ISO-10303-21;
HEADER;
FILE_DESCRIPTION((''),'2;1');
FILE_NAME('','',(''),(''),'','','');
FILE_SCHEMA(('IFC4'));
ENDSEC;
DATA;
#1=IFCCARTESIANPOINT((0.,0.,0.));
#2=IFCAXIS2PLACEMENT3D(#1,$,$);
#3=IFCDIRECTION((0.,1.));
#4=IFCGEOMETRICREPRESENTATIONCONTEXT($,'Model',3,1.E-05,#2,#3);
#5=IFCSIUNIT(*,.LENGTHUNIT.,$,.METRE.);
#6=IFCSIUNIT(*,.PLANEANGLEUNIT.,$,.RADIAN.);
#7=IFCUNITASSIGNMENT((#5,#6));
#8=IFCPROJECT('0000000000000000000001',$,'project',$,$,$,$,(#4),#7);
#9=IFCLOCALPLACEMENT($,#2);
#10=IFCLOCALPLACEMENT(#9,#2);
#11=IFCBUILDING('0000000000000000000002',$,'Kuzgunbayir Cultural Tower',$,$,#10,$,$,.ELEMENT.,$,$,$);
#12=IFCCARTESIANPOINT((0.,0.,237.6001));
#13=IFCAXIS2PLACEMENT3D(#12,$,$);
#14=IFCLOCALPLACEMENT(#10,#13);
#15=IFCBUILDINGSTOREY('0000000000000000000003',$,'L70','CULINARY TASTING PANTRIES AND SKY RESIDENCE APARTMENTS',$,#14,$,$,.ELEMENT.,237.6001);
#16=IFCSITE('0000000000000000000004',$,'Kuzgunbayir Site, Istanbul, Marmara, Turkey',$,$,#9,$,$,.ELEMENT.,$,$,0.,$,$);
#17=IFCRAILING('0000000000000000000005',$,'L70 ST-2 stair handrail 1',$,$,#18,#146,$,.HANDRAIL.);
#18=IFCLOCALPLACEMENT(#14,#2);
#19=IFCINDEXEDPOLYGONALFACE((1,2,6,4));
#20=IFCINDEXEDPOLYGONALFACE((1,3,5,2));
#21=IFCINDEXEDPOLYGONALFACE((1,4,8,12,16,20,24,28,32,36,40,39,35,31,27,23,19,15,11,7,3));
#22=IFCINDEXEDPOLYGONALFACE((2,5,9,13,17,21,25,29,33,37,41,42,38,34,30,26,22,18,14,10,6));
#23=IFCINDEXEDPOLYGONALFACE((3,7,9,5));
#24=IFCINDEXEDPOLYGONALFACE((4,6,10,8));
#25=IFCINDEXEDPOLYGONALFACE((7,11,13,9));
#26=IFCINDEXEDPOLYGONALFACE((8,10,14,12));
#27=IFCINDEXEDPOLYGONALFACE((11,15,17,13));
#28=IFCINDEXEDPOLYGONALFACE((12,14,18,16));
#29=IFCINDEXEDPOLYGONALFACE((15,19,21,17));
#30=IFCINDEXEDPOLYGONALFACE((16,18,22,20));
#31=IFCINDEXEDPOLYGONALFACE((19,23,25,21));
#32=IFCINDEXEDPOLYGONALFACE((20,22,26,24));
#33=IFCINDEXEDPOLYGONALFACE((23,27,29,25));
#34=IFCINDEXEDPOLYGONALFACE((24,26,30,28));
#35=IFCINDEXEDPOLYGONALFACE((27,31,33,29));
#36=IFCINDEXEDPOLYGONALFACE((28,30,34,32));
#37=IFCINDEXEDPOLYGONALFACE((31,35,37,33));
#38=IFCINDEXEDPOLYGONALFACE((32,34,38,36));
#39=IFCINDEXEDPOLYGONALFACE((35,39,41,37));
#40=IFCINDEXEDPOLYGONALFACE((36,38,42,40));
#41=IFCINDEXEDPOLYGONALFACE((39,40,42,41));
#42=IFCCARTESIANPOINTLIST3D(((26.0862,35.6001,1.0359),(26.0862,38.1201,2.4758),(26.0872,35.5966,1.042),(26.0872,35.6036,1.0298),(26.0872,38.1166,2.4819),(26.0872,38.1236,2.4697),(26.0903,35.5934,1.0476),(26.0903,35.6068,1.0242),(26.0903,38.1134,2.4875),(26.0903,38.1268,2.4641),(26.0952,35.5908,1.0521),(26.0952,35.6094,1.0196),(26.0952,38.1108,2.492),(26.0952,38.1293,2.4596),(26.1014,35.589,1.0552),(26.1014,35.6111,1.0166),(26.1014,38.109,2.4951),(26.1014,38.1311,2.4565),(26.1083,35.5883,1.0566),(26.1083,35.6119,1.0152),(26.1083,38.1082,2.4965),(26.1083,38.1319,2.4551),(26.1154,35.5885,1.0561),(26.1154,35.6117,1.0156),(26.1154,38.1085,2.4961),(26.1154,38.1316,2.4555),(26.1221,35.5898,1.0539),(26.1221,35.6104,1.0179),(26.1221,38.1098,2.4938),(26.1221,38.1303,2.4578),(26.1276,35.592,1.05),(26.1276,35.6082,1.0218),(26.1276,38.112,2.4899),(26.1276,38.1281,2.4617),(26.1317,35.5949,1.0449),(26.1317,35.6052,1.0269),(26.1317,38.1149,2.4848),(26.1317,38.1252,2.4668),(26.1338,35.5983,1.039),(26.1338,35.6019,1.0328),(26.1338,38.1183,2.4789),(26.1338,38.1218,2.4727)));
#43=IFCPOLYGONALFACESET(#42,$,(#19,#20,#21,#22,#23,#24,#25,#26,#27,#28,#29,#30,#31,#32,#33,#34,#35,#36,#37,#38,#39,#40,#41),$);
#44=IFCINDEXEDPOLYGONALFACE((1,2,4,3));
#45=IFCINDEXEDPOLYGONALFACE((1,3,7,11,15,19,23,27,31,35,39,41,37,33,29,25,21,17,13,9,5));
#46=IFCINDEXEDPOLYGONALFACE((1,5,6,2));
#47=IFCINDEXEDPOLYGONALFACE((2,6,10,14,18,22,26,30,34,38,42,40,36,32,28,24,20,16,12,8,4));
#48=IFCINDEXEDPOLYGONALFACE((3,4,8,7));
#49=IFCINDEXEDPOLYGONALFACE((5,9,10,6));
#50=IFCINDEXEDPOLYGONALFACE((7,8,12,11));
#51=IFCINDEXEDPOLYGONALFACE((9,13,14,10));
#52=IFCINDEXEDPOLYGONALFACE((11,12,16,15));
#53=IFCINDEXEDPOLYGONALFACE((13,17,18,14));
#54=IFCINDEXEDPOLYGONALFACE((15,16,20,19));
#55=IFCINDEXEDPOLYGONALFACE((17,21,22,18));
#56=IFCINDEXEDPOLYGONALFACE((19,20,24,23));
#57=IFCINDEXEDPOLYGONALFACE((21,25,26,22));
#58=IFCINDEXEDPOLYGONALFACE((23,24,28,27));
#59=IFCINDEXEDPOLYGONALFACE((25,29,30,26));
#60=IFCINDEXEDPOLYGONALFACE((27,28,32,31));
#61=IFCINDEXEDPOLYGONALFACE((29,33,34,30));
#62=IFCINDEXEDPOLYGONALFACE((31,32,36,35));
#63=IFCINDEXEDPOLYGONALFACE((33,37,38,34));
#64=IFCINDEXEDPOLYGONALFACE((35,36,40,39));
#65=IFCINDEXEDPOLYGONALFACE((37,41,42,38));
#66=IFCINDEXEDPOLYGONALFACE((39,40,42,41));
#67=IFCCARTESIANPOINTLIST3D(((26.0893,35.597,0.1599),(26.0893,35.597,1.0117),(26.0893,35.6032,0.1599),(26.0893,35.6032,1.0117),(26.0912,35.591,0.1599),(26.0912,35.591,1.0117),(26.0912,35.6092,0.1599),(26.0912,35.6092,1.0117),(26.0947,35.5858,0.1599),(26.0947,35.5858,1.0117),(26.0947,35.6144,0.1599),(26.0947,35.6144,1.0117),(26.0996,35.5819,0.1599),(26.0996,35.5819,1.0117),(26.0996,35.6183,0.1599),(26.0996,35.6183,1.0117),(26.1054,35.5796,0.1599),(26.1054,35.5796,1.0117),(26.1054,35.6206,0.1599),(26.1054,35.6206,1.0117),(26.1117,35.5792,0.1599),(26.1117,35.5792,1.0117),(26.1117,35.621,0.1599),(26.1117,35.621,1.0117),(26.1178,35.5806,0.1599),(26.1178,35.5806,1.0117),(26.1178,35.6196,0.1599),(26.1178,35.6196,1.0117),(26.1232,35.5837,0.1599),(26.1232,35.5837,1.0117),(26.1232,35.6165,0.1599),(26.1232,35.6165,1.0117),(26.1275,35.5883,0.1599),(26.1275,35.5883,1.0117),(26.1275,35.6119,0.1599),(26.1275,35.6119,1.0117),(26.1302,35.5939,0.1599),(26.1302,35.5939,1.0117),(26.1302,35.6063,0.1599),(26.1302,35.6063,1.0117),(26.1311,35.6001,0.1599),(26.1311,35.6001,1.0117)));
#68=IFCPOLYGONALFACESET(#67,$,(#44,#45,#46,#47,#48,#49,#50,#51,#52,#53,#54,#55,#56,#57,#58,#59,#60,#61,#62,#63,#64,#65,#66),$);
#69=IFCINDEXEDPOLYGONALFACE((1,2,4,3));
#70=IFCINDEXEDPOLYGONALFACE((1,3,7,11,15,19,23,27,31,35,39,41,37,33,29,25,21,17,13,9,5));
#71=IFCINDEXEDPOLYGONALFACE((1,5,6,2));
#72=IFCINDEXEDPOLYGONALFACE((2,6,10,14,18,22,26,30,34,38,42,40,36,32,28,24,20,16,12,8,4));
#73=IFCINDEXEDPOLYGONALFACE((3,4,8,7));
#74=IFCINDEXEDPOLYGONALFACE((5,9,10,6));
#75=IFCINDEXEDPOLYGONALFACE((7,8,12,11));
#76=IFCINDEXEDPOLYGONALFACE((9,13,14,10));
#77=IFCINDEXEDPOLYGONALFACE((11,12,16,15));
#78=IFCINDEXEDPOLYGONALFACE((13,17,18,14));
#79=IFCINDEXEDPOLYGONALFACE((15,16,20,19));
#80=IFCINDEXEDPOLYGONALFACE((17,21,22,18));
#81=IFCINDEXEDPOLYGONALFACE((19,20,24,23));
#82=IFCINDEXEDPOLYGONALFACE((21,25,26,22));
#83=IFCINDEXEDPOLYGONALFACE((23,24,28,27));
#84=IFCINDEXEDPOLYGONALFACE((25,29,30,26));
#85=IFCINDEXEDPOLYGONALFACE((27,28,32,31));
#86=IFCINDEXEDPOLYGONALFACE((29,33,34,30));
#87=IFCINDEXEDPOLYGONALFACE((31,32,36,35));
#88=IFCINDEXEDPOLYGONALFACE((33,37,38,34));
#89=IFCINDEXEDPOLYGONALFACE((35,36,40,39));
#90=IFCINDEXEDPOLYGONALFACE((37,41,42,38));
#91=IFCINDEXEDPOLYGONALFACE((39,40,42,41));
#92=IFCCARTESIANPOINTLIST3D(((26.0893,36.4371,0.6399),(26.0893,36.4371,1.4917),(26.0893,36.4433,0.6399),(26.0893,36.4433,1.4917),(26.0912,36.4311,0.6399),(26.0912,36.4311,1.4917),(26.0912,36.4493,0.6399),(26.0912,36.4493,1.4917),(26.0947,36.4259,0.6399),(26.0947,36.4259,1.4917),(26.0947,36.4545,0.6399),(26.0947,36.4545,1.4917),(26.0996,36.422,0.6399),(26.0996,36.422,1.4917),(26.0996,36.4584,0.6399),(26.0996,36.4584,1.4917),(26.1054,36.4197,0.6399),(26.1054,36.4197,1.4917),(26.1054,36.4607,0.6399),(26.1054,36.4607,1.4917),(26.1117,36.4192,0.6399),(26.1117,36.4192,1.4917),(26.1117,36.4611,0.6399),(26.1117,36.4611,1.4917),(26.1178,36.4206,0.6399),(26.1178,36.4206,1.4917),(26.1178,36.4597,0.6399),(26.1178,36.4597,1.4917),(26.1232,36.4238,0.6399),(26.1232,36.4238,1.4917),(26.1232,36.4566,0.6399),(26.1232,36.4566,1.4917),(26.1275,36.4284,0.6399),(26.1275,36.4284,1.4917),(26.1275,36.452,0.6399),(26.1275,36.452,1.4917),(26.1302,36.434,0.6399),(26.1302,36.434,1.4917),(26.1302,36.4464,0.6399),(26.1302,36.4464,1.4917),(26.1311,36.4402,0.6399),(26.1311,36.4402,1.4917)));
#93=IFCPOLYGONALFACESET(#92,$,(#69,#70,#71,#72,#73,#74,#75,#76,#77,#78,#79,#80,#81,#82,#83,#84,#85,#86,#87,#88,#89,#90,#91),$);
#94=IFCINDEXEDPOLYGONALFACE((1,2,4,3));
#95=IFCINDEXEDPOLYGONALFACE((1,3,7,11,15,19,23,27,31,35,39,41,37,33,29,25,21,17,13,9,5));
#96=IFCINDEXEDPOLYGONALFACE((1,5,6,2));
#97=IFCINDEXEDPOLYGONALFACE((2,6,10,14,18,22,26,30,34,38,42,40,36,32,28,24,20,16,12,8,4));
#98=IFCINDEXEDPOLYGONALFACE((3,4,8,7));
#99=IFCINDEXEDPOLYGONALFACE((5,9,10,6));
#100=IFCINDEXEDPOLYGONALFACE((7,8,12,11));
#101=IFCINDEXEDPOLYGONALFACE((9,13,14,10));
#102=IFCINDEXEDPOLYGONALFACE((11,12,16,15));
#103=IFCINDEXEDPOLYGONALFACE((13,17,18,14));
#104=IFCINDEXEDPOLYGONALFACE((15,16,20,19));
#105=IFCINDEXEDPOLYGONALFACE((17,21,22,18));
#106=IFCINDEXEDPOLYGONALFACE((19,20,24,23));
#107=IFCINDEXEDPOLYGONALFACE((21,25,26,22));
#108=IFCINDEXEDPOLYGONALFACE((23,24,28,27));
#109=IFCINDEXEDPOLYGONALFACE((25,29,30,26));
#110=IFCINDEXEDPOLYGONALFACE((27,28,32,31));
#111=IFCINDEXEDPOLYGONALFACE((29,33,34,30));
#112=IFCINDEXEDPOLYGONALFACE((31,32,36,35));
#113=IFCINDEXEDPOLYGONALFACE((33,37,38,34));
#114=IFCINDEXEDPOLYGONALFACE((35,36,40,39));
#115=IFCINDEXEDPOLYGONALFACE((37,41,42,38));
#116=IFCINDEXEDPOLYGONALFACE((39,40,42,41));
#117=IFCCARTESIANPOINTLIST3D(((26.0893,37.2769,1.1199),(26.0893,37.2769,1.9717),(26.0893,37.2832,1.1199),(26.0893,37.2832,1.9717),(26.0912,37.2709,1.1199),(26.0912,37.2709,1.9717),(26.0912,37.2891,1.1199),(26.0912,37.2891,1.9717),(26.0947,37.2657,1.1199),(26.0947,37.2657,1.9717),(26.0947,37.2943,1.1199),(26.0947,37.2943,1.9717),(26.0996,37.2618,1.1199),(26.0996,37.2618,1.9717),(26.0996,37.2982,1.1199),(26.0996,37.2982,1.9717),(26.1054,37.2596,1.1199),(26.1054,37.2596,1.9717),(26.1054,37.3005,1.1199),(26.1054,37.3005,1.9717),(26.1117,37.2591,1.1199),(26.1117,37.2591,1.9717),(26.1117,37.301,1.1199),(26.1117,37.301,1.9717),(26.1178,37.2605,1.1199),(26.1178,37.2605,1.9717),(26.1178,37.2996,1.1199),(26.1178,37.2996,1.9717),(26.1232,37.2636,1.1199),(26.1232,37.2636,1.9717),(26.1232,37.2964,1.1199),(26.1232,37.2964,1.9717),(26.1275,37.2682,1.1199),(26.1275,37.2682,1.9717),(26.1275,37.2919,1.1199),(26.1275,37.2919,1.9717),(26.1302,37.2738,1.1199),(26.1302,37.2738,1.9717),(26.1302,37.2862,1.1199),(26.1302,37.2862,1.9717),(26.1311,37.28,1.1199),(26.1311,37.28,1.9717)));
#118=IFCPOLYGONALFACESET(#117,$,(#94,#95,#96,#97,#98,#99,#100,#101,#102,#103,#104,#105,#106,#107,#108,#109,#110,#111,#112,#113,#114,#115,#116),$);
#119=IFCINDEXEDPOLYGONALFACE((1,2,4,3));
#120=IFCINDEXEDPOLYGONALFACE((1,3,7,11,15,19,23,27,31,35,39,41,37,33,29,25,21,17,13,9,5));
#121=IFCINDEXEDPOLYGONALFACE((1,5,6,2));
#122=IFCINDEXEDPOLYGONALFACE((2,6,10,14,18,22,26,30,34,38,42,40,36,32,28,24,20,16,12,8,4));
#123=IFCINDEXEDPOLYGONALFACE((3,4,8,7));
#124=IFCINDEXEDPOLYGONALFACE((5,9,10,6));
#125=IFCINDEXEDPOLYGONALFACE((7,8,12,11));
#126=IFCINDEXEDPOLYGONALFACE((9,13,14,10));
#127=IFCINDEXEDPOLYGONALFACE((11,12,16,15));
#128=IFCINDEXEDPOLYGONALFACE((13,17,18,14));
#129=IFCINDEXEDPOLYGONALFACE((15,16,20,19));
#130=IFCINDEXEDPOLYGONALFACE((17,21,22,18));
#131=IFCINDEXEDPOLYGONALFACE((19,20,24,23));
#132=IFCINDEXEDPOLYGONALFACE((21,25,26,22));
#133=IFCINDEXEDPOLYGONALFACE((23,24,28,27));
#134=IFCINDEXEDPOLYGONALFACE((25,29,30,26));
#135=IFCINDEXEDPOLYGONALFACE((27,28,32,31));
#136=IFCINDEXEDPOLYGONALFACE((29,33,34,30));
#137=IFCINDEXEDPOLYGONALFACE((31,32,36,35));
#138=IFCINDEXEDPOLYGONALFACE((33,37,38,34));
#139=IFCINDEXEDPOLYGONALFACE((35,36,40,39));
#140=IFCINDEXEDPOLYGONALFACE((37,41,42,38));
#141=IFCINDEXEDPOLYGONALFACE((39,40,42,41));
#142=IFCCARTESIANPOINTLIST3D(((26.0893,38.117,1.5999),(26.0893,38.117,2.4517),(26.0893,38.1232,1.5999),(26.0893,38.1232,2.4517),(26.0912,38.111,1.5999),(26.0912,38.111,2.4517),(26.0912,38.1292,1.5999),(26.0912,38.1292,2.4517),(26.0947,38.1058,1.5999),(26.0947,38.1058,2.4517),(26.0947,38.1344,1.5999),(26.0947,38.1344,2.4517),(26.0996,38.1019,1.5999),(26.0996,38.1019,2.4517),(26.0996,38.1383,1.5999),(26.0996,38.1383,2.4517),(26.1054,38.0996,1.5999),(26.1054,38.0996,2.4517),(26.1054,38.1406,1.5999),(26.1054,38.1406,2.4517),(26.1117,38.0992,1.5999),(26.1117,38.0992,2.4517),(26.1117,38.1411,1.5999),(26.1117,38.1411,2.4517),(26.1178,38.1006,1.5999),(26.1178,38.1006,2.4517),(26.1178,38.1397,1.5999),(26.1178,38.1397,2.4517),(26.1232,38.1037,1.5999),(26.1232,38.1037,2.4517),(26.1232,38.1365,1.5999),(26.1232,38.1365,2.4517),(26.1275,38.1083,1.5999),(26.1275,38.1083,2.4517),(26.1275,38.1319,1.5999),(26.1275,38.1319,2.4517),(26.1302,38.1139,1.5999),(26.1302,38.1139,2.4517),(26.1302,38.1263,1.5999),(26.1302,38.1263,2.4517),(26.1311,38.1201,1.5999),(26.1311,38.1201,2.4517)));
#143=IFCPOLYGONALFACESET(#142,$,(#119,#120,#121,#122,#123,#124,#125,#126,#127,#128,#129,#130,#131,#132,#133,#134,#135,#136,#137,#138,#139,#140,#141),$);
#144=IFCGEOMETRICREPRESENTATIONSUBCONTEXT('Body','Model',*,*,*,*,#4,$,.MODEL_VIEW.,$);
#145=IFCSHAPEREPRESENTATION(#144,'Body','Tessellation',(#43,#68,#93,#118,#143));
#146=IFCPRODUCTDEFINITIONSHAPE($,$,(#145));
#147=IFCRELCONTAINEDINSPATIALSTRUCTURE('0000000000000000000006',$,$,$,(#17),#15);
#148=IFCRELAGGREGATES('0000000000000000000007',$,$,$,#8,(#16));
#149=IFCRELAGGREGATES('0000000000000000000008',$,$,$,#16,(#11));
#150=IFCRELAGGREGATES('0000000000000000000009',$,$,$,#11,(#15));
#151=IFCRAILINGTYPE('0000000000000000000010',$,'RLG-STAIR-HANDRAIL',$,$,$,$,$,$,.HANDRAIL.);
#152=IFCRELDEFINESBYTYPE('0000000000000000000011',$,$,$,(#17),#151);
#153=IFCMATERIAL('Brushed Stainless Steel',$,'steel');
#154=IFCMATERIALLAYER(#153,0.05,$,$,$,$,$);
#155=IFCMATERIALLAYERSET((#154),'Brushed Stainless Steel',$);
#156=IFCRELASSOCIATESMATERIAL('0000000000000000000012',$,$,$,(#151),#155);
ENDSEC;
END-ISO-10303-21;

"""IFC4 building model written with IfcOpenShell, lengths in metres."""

from ifc_helpers import new_model, si_unit, direction, frame, origin, origin_2d, place, context, subcontext, project, spatial, circle, extrude, material, layer, layer_set, type_object, element, save


model = new_model("IFC4")

# Units and contexts
model_context = context("Model", 3, precision=1e-05, world=origin(), true_north=direction((0.0, 1.0)))
body_context = subcontext(model_context, "Body", "Model", "MODEL_VIEW")
ifc_project = project(units=[si_unit("LENGTHUNIT", "METRE"), si_unit("PLANEANGLEUNIT", "RADIAN")], contexts=[model_context])

# Site, building, storey
site_placement = place(None, origin())
site = spatial("IfcSite", under=ifc_project, at=site_placement, Name="Kuzgunbayir Site, Istanbul, Marmara, Turkey", CompositionType="ELEMENT", RefElevation=0.0)
building_placement = place(site_placement, origin())
building = spatial("IfcBuilding", under=site, at=building_placement, Name="Kuzgunbayir Cultural Tower", CompositionType="ELEMENT")
storey_placement = place(building_placement, frame((0.0, 0.0, 237.6001)))
storey = spatial("IfcBuildingStorey", under=building, at=storey_placement, Name="L70", Description="CULINARY TASTING PANTRIES AND SKY RESIDENCE APARTMENTS", CompositionType="ELEMENT", Elevation=237.6001)

# Railing
ifc_material_1 = material(Name="Brushed Stainless Steel", Category="steel")
ifc_layer_1 = layer(ifc_material_1, 0.05)
ifc_layer_set_1 = layer_set([ifc_layer_1], Name="Brushed Stainless Steel")
railing_type_1 = type_object("IfcRailingType", Name="RLG-STAIR-HANDRAIL", PredefinedType="HANDRAIL", material=ifc_layer_set_1)
railing_1_placement = place(storey_placement, frame((26.1101, 35.6001, 0.1599)))
element("IfcRailing", 1, at=railing_1_placement, inside=storey, type_object=railing_type_1, Name="L70 ST-2 stair handrail 1", PredefinedType="HANDRAIL", context=body_context, shape_type="SweptSolid", body=[
    extrude(circle(Radius=0.0239, at=origin_2d()), frame((0.0, 0.0, 0.876), z_axis=(0.0, 0.868253, 0.496121), x_axis=(-1.0, 0.0, 0.0)), (0.0, 0.0, 1.0), 2.9023),
    extrude(circle(Radius=0.021, at=origin_2d()), origin(), (0.0, 0.0, 1.0), 0.8518),
    extrude(circle(Radius=0.021, at=origin_2d()), frame((0.0, 0.8401, 0.48)), (0.0, 0.0, 1.0), 0.8518),
    extrude(circle(Radius=0.021, at=origin_2d()), frame((0.0, 1.6799, 0.96)), (0.0, 0.0, 1.0), 0.8518),
    extrude(circle(Radius=0.021, at=origin_2d()), frame((0.0, 2.52, 1.4399)), (0.0, 0.0, 1.0), 0.8518),
])

save(model, "model.ifc")
